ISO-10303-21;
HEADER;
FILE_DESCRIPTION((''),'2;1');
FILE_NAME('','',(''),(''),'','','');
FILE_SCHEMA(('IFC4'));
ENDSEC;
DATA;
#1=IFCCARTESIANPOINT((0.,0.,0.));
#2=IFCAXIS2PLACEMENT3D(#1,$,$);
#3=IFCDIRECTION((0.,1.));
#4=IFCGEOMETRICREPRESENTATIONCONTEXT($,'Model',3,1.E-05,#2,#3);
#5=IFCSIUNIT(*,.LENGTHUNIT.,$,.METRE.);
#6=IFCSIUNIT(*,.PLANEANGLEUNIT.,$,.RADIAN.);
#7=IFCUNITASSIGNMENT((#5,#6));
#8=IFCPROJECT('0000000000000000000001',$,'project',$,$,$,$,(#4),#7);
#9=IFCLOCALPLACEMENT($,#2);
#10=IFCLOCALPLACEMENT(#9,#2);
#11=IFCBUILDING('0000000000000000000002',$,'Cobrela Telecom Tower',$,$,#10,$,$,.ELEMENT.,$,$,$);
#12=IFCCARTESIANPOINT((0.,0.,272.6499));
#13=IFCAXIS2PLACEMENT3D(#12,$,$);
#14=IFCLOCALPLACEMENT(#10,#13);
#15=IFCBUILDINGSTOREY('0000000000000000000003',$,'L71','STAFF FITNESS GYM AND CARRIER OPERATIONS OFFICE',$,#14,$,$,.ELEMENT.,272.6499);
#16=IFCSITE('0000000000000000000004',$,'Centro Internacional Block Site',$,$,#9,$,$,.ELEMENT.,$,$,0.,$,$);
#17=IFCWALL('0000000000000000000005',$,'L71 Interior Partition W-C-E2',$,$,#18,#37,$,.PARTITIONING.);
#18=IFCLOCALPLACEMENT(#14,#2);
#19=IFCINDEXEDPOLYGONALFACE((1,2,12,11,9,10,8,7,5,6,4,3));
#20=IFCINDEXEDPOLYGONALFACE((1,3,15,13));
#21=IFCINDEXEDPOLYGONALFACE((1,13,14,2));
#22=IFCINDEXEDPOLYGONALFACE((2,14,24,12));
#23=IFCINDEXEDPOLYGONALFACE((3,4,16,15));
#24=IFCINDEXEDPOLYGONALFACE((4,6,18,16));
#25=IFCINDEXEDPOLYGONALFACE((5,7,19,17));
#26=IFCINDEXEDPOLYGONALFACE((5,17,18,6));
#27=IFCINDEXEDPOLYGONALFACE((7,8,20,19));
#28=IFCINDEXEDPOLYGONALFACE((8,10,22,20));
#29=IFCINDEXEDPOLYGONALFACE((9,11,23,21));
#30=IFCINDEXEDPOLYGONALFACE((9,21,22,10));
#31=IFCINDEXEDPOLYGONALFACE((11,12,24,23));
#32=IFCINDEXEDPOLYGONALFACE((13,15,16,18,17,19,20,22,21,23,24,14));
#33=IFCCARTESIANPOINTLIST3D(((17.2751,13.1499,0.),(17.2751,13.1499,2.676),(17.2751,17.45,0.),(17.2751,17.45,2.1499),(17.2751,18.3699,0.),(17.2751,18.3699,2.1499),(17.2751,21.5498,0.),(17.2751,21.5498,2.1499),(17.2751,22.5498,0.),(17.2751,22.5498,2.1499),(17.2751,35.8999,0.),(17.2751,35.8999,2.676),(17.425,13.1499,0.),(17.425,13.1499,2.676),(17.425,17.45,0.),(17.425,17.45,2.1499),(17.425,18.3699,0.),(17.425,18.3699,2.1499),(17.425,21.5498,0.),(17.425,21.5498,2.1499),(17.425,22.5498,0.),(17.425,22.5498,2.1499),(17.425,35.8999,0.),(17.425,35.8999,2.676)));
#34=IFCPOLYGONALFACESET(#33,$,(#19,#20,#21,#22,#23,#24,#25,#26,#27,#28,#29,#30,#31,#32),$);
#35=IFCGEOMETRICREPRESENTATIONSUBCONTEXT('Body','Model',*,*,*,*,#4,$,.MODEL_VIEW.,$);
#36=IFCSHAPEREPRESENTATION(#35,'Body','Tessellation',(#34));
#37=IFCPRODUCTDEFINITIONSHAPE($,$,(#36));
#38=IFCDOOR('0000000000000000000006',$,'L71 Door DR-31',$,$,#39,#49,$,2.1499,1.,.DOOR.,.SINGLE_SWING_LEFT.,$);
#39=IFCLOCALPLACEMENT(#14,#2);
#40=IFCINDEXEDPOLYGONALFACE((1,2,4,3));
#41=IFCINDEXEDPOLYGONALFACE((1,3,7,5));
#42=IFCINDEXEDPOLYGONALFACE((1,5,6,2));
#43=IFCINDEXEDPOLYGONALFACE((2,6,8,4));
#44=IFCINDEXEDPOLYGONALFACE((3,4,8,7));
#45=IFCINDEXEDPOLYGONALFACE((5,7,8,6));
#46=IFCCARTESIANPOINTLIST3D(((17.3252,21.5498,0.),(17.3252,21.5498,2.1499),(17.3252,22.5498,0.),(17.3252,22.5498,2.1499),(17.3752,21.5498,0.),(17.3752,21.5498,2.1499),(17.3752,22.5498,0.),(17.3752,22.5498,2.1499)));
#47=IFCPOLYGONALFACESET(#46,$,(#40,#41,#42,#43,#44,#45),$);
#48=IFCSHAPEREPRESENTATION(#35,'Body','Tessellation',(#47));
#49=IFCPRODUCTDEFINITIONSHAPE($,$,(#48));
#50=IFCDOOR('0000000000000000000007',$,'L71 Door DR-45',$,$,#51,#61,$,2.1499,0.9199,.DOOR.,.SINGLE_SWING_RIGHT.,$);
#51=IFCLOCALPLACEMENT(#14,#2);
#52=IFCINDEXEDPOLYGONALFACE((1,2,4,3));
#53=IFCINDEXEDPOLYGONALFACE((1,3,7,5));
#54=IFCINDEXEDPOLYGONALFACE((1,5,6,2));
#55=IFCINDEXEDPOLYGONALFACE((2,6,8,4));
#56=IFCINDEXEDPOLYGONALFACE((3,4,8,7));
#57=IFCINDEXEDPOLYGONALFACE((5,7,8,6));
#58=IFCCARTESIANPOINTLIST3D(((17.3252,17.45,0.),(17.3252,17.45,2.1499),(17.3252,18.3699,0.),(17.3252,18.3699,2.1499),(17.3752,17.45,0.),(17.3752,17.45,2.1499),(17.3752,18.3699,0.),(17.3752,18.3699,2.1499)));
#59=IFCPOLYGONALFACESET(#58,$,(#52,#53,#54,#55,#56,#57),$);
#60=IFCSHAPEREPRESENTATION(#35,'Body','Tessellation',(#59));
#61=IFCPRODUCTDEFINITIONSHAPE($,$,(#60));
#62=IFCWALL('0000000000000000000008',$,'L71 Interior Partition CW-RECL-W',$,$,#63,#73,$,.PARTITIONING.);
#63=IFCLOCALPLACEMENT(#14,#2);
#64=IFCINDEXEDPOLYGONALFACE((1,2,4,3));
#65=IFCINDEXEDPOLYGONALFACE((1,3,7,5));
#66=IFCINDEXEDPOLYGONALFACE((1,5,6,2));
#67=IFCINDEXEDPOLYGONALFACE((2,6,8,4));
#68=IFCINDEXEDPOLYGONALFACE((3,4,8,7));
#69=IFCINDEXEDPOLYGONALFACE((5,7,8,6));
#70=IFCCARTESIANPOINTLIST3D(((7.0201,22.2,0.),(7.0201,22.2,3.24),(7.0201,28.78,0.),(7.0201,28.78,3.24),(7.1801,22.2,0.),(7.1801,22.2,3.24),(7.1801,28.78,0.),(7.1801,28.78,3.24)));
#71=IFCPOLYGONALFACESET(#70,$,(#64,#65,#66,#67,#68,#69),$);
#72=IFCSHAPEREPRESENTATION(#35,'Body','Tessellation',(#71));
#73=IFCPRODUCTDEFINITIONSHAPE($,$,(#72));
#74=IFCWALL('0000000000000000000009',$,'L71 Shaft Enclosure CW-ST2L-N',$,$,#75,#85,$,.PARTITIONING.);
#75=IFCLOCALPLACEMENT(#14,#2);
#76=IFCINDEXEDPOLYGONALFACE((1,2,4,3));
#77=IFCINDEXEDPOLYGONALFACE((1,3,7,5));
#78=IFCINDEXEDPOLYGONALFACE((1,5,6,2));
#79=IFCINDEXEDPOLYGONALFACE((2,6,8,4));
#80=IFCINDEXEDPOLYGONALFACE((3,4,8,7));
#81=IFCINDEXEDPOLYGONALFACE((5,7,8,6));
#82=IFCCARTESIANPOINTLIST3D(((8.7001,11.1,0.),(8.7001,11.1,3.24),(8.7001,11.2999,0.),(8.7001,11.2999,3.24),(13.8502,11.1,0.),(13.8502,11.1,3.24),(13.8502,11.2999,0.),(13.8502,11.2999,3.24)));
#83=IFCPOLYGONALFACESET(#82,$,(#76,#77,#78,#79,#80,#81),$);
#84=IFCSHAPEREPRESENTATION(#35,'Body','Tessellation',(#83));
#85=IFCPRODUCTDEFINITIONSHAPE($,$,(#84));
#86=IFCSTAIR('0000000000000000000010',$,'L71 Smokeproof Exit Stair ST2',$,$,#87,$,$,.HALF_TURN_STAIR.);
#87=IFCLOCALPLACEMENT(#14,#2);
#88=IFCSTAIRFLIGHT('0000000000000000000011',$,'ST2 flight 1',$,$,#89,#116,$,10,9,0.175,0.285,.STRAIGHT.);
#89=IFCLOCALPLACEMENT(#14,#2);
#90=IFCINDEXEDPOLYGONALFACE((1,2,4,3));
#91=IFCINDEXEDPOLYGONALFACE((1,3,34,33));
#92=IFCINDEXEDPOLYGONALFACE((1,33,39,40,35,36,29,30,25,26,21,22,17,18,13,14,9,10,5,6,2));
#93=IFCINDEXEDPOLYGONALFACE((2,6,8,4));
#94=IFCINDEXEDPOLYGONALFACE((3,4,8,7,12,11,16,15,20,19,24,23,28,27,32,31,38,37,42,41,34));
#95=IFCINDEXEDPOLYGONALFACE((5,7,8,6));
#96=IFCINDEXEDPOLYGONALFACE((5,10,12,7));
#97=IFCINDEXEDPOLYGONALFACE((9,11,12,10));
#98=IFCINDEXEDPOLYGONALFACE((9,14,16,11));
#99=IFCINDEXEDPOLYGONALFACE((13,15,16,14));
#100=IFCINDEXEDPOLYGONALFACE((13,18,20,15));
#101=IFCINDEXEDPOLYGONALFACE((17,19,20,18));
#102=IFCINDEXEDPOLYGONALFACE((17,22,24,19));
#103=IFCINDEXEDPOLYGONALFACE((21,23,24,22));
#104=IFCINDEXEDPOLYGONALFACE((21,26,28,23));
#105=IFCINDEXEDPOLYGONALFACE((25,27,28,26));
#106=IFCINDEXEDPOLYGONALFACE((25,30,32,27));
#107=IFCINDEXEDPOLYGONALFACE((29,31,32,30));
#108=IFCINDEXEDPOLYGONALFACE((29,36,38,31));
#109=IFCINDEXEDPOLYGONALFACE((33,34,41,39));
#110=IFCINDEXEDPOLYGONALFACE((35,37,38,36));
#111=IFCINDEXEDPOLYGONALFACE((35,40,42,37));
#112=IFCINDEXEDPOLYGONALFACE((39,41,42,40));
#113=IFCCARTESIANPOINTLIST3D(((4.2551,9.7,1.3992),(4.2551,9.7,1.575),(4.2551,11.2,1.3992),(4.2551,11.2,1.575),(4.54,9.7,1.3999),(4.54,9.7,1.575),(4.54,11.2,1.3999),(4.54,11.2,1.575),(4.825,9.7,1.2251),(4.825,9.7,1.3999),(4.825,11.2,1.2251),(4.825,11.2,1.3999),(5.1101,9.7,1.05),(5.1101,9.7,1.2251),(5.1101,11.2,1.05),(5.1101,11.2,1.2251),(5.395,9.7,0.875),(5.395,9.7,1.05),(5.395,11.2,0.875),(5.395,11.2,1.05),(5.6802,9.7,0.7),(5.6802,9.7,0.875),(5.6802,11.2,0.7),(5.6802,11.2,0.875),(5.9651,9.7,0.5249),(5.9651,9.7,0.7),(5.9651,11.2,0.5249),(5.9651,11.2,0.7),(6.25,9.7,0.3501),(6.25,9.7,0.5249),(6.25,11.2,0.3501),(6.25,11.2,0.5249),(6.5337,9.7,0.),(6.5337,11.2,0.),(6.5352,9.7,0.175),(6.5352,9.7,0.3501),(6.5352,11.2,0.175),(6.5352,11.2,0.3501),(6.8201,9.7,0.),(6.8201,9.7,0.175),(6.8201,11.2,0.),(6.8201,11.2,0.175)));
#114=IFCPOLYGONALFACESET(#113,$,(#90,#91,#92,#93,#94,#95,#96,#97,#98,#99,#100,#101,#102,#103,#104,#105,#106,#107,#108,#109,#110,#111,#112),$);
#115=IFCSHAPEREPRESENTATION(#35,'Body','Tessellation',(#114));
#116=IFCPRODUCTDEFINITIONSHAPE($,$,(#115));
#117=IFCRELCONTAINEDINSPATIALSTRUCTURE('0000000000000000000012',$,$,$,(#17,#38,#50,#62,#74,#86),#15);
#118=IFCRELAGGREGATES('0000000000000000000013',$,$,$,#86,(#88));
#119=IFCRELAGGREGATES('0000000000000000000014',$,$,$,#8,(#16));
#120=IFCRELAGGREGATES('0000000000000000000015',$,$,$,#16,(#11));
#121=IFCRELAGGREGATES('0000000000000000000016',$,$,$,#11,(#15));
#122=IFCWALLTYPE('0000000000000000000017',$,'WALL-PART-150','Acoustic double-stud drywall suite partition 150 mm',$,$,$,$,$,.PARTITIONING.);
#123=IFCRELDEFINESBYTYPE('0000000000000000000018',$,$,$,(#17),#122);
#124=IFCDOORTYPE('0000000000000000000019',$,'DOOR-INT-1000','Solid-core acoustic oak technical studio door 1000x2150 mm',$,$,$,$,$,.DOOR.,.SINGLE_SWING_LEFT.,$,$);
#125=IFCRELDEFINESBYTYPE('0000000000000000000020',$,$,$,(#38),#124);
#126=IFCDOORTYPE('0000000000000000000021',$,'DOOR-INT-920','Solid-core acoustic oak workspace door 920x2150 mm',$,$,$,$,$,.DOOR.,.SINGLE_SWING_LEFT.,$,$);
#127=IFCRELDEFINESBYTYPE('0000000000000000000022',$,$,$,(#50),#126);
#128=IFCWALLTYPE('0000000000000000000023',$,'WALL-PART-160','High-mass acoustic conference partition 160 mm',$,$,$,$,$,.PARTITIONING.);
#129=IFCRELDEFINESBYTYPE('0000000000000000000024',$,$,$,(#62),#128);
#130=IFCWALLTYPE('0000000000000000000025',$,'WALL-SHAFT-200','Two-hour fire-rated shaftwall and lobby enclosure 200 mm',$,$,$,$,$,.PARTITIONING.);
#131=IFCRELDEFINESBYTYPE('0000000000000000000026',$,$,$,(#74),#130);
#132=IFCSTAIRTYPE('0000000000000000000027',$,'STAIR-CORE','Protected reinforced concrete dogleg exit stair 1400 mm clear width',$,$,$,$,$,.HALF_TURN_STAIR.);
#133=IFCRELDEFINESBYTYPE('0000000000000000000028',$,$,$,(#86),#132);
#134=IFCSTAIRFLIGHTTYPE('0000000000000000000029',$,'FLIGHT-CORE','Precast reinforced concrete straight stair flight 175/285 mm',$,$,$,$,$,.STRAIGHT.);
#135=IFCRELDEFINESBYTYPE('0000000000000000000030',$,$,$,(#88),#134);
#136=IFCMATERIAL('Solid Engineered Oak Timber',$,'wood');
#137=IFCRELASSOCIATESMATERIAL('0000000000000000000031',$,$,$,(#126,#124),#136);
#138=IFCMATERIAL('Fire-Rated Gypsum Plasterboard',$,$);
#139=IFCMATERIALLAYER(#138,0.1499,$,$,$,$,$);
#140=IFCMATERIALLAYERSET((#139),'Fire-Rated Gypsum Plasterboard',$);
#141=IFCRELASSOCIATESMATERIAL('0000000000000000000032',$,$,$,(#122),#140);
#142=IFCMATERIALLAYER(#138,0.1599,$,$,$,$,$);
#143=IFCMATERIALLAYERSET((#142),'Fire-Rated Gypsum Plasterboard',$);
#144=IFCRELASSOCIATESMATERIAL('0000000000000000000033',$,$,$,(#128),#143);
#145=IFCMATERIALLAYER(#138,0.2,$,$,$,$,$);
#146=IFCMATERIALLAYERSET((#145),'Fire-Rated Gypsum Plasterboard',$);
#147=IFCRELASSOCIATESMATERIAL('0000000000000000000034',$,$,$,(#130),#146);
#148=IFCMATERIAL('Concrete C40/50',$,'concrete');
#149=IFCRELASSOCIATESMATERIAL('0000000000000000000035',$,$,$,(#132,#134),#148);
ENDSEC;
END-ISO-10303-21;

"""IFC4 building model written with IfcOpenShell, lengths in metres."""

from ifc_helpers import new_model, si_unit, direction, frame, frame_2d, origin, place, context, subcontext, project, spatial, polyline, rectangle, outline, extrude, material, layer, layer_set, type_object, element, fill, aggregate, save


model = new_model("IFC4")

# Units and contexts
model_context = context("Model", 3, precision=1e-05, world=origin(), true_north=direction((0.0, 1.0)))
body_context = subcontext(model_context, "Body", "Model", "MODEL_VIEW")
ifc_project = project(units=[si_unit("LENGTHUNIT", "METRE"), si_unit("PLANEANGLEUNIT", "RADIAN")], contexts=[model_context])

# Site, building, storey
site_placement = place(None, origin())
site = spatial("IfcSite", under=ifc_project, at=site_placement, Name="Centro Internacional Block Site", CompositionType="ELEMENT", RefElevation=0.0)
building_placement = place(site_placement, origin())
building = spatial("IfcBuilding", under=site, at=building_placement, Name="Cobrela Telecom Tower", CompositionType="ELEMENT")
storey_placement = place(building_placement, frame((0.0, 0.0, 272.6499)))
storey = spatial("IfcBuildingStorey", under=building, at=storey_placement, Name="L71", Description="STAFF FITNESS GYM AND CARRIER OPERATIONS OFFICE", CompositionType="ELEMENT", Elevation=272.6499)

# Shared definitions
ifc_material_1 = material(Name="Fire-Rated Gypsum Plasterboard")

# Wall, openings, doors
ifc_material_2 = material(Name="Solid Engineered Oak Timber", Category="wood")
door_type_1 = type_object("IfcDoorType", Name="DOOR-INT-920", Description="Solid-core acoustic oak workspace door 920x2150 mm", OperationType="SINGLE_SWING_LEFT", PredefinedType="DOOR", material=ifc_material_2)
ifc_layer_1 = layer(ifc_material_1, 0.1499)
ifc_layer_set_1 = layer_set([ifc_layer_1], Name="Fire-Rated Gypsum Plasterboard")
wall_type_1 = type_object("IfcWallType", Name="WALL-PART-150", Description="Acoustic double-stud drywall suite partition 150 mm", PredefinedType="PARTITIONING", material=ifc_layer_set_1)
wall_1_placement = place(storey_placement, frame((17.3501, 13.1499, 0.0), z_axis=(0.0, 0.0, 1.0), x_axis=(0.0, 1.0, 0.0)))
wall_1 = element("IfcWall", 1, at=wall_1_placement, inside=storey, type_object=wall_type_1, Name="L71 Interior Partition W-C-E2", PredefinedType="PARTITIONING", context=body_context, shape_type="SweptSolid", body=[
    extrude(rectangle(XDim=22.75, YDim=0.1499, at=frame_2d((11.375, 0.0))), origin(), (0.0, 0.0, 1.0), 2.676),
])
opening_1_placement = place(wall_1_placement, frame((4.3, 0.0, 0.0)))
opening_1 = element("IfcOpeningElement", 2, at=opening_1_placement, cuts=wall_1, PredefinedType="OPENING", context=body_context, shape_type="SweptSolid", body=[
    extrude(rectangle(XDim=0.9199, YDim=2.1499, at=frame_2d((0.46, 1.075))), frame((0.0, 0.0869, 0.0), z_axis=(0.0, -1.0, 0.0), x_axis=(1.0, 0.0, 0.0)), (0.0, 0.0, 1.0), 0.1738),
])
opening_2_placement = place(wall_1_placement, frame((8.3999, 0.0, 0.0)))
opening_2 = element("IfcOpeningElement", 3, at=opening_2_placement, cuts=wall_1, PredefinedType="OPENING", context=body_context, shape_type="SweptSolid", body=[
    extrude(rectangle(XDim=1.0, YDim=2.1499, at=frame_2d((0.5, 1.075))), frame((0.0, 0.0869, 0.0), z_axis=(0.0, -1.0, 0.0), x_axis=(1.0, 0.0, 0.0)), (0.0, 0.0, 1.0), 0.1738),
])
door_type_2 = type_object("IfcDoorType", Name="DOOR-INT-1000", Description="Solid-core acoustic oak technical studio door 1000x2150 mm", OperationType="SINGLE_SWING_LEFT", PredefinedType="DOOR", material=ifc_material_2)
door_1_placement = place(opening_2_placement, origin())
door_1 = element("IfcDoor", 4, at=door_1_placement, inside=storey, type_object=door_type_2, Name="L71 Door DR-31", OperationType="SINGLE_SWING_LEFT", OverallHeight=2.1499, OverallWidth=1.0, PredefinedType="DOOR", context=body_context, shape_type="SweptSolid", body=[
    extrude(rectangle(XDim=1.0, YDim=2.1499, at=frame_2d((0.5, 1.075))), frame((0.0, 0.0249, 0.0), z_axis=(0.0, -1.0, 0.0), x_axis=(1.0, 0.0, 0.0)), (0.0, 0.0, 1.0), 0.05),
])
fill(opening_2, door_1)
door_2_placement = place(opening_1_placement, origin())
door_2 = element("IfcDoor", 5, at=door_2_placement, inside=storey, type_object=door_type_1, Name="L71 Door DR-45", OperationType="SINGLE_SWING_RIGHT", OverallHeight=2.1499, OverallWidth=0.9199, PredefinedType="DOOR", context=body_context, shape_type="SweptSolid", body=[
    extrude(rectangle(XDim=0.9199, YDim=2.1499, at=frame_2d((0.46, 1.075))), frame((0.0, 0.0249, 0.0), z_axis=(0.0, -1.0, 0.0), x_axis=(1.0, 0.0, 0.0)), (0.0, 0.0, 1.0), 0.05),
])
fill(opening_1, door_2)

# Walls
ifc_layer_2 = layer(ifc_material_1, 0.1599)
ifc_layer_set_2 = layer_set([ifc_layer_2], Name="Fire-Rated Gypsum Plasterboard")
wall_type_2 = type_object("IfcWallType", Name="WALL-PART-160", Description="High-mass acoustic conference partition 160 mm", PredefinedType="PARTITIONING", material=ifc_layer_set_2)
wall_2_placement = place(storey_placement, frame((7.1001, 22.2, 0.0), z_axis=(0.0, 0.0, 1.0), x_axis=(0.0, 1.0, 0.0)))
element("IfcWall", 6, at=wall_2_placement, inside=storey, type_object=wall_type_2, Name="L71 Interior Partition CW-RECL-W", PredefinedType="PARTITIONING", context=body_context, shape_type="SweptSolid", body=[
    extrude(rectangle(XDim=6.5801, YDim=0.1599, at=frame_2d((3.29, 0.0))), origin(), (0.0, 0.0, 1.0), 3.24),
])
ifc_layer_3 = layer(ifc_material_1, 0.2)
ifc_layer_set_3 = layer_set([ifc_layer_3], Name="Fire-Rated Gypsum Plasterboard")
wall_type_3 = type_object("IfcWallType", Name="WALL-SHAFT-200", Description="Two-hour fire-rated shaftwall and lobby enclosure 200 mm", PredefinedType="PARTITIONING", material=ifc_layer_set_3)
wall_3_placement = place(storey_placement, frame((8.7, 11.2, 0.0), z_axis=(0.0, 0.0, 1.0), x_axis=(1.0, 0.0, 0.0)))
element("IfcWall", 7, at=wall_3_placement, inside=storey, type_object=wall_type_3, Name="L71 Shaft Enclosure CW-ST2L-N", PredefinedType="PARTITIONING", context=body_context, shape_type="SweptSolid", body=[
    extrude(rectangle(XDim=5.1501, YDim=0.2, at=frame_2d((2.5752, 0.0))), origin(), (0.0, 0.0, 1.0), 3.24),
])

# Stair, stair flight
ifc_material_3 = material(Name="Concrete C40/50", Category="concrete")
stair_type = type_object("IfcStairType", Name="STAIR-CORE", Description="Protected reinforced concrete dogleg exit stair 1400 mm clear width", PredefinedType="HALF_TURN_STAIR", material=ifc_material_3)
stair_placement = place(storey_placement, origin())
stair = element("IfcStair", 8, at=stair_placement, inside=storey, type_object=stair_type, Name="L71 Smokeproof Exit Stair ST2", PredefinedType="HALF_TURN_STAIR")
stair_flight_type = type_object("IfcStairFlightType", Name="FLIGHT-CORE", Description="Precast reinforced concrete straight stair flight 175/285 mm", PredefinedType="STRAIGHT", material=ifc_material_3)
stair_flight_placement = place(storey_placement, frame((6.8201, 10.45, 0.0), z_axis=(0.0, 0.0, 1.0), x_axis=(-1.0, 0.0, 0.0)))
stair_flight = element("IfcStairFlight", 9, at=stair_flight_placement, type_object=stair_flight_type, Name="ST2 flight 1", NumberOfRisers=10, NumberOfTreads=9, PredefinedType="STRAIGHT", RiserHeight=0.175, TreadLength=0.285, context=body_context, shape_type="SweptSolid", body=[
    extrude(outline(polyline([(0.0, 0.0), (0.0, 0.175), (0.2849, 0.175), (0.2849, 0.3501), (0.5701, 0.3501), (0.5701, 0.5249), (0.855, 0.5249), (0.855, 0.7), (1.1399, 0.7), (1.1399, 0.875), (1.425, 0.875), (1.425, 1.05), (1.71, 1.05), (1.71, 1.2251), (1.9951, 1.2251), (1.9951, 1.3999), (2.28, 1.3999), (2.28, 1.575), (2.5649, 1.575), (2.5649, 1.75), (2.5649, 1.3992), (0.2864, 0.0), (0.0, 0.0)])), frame((0.0, 0.75, 0.0), z_axis=(0.0, -1.0, 0.0), x_axis=(1.0, 0.0, 0.0)), (0.0, 0.0, 1.0), 1.5),
])
aggregate(stair, [stair_flight])

save(model, "model.ifc")
